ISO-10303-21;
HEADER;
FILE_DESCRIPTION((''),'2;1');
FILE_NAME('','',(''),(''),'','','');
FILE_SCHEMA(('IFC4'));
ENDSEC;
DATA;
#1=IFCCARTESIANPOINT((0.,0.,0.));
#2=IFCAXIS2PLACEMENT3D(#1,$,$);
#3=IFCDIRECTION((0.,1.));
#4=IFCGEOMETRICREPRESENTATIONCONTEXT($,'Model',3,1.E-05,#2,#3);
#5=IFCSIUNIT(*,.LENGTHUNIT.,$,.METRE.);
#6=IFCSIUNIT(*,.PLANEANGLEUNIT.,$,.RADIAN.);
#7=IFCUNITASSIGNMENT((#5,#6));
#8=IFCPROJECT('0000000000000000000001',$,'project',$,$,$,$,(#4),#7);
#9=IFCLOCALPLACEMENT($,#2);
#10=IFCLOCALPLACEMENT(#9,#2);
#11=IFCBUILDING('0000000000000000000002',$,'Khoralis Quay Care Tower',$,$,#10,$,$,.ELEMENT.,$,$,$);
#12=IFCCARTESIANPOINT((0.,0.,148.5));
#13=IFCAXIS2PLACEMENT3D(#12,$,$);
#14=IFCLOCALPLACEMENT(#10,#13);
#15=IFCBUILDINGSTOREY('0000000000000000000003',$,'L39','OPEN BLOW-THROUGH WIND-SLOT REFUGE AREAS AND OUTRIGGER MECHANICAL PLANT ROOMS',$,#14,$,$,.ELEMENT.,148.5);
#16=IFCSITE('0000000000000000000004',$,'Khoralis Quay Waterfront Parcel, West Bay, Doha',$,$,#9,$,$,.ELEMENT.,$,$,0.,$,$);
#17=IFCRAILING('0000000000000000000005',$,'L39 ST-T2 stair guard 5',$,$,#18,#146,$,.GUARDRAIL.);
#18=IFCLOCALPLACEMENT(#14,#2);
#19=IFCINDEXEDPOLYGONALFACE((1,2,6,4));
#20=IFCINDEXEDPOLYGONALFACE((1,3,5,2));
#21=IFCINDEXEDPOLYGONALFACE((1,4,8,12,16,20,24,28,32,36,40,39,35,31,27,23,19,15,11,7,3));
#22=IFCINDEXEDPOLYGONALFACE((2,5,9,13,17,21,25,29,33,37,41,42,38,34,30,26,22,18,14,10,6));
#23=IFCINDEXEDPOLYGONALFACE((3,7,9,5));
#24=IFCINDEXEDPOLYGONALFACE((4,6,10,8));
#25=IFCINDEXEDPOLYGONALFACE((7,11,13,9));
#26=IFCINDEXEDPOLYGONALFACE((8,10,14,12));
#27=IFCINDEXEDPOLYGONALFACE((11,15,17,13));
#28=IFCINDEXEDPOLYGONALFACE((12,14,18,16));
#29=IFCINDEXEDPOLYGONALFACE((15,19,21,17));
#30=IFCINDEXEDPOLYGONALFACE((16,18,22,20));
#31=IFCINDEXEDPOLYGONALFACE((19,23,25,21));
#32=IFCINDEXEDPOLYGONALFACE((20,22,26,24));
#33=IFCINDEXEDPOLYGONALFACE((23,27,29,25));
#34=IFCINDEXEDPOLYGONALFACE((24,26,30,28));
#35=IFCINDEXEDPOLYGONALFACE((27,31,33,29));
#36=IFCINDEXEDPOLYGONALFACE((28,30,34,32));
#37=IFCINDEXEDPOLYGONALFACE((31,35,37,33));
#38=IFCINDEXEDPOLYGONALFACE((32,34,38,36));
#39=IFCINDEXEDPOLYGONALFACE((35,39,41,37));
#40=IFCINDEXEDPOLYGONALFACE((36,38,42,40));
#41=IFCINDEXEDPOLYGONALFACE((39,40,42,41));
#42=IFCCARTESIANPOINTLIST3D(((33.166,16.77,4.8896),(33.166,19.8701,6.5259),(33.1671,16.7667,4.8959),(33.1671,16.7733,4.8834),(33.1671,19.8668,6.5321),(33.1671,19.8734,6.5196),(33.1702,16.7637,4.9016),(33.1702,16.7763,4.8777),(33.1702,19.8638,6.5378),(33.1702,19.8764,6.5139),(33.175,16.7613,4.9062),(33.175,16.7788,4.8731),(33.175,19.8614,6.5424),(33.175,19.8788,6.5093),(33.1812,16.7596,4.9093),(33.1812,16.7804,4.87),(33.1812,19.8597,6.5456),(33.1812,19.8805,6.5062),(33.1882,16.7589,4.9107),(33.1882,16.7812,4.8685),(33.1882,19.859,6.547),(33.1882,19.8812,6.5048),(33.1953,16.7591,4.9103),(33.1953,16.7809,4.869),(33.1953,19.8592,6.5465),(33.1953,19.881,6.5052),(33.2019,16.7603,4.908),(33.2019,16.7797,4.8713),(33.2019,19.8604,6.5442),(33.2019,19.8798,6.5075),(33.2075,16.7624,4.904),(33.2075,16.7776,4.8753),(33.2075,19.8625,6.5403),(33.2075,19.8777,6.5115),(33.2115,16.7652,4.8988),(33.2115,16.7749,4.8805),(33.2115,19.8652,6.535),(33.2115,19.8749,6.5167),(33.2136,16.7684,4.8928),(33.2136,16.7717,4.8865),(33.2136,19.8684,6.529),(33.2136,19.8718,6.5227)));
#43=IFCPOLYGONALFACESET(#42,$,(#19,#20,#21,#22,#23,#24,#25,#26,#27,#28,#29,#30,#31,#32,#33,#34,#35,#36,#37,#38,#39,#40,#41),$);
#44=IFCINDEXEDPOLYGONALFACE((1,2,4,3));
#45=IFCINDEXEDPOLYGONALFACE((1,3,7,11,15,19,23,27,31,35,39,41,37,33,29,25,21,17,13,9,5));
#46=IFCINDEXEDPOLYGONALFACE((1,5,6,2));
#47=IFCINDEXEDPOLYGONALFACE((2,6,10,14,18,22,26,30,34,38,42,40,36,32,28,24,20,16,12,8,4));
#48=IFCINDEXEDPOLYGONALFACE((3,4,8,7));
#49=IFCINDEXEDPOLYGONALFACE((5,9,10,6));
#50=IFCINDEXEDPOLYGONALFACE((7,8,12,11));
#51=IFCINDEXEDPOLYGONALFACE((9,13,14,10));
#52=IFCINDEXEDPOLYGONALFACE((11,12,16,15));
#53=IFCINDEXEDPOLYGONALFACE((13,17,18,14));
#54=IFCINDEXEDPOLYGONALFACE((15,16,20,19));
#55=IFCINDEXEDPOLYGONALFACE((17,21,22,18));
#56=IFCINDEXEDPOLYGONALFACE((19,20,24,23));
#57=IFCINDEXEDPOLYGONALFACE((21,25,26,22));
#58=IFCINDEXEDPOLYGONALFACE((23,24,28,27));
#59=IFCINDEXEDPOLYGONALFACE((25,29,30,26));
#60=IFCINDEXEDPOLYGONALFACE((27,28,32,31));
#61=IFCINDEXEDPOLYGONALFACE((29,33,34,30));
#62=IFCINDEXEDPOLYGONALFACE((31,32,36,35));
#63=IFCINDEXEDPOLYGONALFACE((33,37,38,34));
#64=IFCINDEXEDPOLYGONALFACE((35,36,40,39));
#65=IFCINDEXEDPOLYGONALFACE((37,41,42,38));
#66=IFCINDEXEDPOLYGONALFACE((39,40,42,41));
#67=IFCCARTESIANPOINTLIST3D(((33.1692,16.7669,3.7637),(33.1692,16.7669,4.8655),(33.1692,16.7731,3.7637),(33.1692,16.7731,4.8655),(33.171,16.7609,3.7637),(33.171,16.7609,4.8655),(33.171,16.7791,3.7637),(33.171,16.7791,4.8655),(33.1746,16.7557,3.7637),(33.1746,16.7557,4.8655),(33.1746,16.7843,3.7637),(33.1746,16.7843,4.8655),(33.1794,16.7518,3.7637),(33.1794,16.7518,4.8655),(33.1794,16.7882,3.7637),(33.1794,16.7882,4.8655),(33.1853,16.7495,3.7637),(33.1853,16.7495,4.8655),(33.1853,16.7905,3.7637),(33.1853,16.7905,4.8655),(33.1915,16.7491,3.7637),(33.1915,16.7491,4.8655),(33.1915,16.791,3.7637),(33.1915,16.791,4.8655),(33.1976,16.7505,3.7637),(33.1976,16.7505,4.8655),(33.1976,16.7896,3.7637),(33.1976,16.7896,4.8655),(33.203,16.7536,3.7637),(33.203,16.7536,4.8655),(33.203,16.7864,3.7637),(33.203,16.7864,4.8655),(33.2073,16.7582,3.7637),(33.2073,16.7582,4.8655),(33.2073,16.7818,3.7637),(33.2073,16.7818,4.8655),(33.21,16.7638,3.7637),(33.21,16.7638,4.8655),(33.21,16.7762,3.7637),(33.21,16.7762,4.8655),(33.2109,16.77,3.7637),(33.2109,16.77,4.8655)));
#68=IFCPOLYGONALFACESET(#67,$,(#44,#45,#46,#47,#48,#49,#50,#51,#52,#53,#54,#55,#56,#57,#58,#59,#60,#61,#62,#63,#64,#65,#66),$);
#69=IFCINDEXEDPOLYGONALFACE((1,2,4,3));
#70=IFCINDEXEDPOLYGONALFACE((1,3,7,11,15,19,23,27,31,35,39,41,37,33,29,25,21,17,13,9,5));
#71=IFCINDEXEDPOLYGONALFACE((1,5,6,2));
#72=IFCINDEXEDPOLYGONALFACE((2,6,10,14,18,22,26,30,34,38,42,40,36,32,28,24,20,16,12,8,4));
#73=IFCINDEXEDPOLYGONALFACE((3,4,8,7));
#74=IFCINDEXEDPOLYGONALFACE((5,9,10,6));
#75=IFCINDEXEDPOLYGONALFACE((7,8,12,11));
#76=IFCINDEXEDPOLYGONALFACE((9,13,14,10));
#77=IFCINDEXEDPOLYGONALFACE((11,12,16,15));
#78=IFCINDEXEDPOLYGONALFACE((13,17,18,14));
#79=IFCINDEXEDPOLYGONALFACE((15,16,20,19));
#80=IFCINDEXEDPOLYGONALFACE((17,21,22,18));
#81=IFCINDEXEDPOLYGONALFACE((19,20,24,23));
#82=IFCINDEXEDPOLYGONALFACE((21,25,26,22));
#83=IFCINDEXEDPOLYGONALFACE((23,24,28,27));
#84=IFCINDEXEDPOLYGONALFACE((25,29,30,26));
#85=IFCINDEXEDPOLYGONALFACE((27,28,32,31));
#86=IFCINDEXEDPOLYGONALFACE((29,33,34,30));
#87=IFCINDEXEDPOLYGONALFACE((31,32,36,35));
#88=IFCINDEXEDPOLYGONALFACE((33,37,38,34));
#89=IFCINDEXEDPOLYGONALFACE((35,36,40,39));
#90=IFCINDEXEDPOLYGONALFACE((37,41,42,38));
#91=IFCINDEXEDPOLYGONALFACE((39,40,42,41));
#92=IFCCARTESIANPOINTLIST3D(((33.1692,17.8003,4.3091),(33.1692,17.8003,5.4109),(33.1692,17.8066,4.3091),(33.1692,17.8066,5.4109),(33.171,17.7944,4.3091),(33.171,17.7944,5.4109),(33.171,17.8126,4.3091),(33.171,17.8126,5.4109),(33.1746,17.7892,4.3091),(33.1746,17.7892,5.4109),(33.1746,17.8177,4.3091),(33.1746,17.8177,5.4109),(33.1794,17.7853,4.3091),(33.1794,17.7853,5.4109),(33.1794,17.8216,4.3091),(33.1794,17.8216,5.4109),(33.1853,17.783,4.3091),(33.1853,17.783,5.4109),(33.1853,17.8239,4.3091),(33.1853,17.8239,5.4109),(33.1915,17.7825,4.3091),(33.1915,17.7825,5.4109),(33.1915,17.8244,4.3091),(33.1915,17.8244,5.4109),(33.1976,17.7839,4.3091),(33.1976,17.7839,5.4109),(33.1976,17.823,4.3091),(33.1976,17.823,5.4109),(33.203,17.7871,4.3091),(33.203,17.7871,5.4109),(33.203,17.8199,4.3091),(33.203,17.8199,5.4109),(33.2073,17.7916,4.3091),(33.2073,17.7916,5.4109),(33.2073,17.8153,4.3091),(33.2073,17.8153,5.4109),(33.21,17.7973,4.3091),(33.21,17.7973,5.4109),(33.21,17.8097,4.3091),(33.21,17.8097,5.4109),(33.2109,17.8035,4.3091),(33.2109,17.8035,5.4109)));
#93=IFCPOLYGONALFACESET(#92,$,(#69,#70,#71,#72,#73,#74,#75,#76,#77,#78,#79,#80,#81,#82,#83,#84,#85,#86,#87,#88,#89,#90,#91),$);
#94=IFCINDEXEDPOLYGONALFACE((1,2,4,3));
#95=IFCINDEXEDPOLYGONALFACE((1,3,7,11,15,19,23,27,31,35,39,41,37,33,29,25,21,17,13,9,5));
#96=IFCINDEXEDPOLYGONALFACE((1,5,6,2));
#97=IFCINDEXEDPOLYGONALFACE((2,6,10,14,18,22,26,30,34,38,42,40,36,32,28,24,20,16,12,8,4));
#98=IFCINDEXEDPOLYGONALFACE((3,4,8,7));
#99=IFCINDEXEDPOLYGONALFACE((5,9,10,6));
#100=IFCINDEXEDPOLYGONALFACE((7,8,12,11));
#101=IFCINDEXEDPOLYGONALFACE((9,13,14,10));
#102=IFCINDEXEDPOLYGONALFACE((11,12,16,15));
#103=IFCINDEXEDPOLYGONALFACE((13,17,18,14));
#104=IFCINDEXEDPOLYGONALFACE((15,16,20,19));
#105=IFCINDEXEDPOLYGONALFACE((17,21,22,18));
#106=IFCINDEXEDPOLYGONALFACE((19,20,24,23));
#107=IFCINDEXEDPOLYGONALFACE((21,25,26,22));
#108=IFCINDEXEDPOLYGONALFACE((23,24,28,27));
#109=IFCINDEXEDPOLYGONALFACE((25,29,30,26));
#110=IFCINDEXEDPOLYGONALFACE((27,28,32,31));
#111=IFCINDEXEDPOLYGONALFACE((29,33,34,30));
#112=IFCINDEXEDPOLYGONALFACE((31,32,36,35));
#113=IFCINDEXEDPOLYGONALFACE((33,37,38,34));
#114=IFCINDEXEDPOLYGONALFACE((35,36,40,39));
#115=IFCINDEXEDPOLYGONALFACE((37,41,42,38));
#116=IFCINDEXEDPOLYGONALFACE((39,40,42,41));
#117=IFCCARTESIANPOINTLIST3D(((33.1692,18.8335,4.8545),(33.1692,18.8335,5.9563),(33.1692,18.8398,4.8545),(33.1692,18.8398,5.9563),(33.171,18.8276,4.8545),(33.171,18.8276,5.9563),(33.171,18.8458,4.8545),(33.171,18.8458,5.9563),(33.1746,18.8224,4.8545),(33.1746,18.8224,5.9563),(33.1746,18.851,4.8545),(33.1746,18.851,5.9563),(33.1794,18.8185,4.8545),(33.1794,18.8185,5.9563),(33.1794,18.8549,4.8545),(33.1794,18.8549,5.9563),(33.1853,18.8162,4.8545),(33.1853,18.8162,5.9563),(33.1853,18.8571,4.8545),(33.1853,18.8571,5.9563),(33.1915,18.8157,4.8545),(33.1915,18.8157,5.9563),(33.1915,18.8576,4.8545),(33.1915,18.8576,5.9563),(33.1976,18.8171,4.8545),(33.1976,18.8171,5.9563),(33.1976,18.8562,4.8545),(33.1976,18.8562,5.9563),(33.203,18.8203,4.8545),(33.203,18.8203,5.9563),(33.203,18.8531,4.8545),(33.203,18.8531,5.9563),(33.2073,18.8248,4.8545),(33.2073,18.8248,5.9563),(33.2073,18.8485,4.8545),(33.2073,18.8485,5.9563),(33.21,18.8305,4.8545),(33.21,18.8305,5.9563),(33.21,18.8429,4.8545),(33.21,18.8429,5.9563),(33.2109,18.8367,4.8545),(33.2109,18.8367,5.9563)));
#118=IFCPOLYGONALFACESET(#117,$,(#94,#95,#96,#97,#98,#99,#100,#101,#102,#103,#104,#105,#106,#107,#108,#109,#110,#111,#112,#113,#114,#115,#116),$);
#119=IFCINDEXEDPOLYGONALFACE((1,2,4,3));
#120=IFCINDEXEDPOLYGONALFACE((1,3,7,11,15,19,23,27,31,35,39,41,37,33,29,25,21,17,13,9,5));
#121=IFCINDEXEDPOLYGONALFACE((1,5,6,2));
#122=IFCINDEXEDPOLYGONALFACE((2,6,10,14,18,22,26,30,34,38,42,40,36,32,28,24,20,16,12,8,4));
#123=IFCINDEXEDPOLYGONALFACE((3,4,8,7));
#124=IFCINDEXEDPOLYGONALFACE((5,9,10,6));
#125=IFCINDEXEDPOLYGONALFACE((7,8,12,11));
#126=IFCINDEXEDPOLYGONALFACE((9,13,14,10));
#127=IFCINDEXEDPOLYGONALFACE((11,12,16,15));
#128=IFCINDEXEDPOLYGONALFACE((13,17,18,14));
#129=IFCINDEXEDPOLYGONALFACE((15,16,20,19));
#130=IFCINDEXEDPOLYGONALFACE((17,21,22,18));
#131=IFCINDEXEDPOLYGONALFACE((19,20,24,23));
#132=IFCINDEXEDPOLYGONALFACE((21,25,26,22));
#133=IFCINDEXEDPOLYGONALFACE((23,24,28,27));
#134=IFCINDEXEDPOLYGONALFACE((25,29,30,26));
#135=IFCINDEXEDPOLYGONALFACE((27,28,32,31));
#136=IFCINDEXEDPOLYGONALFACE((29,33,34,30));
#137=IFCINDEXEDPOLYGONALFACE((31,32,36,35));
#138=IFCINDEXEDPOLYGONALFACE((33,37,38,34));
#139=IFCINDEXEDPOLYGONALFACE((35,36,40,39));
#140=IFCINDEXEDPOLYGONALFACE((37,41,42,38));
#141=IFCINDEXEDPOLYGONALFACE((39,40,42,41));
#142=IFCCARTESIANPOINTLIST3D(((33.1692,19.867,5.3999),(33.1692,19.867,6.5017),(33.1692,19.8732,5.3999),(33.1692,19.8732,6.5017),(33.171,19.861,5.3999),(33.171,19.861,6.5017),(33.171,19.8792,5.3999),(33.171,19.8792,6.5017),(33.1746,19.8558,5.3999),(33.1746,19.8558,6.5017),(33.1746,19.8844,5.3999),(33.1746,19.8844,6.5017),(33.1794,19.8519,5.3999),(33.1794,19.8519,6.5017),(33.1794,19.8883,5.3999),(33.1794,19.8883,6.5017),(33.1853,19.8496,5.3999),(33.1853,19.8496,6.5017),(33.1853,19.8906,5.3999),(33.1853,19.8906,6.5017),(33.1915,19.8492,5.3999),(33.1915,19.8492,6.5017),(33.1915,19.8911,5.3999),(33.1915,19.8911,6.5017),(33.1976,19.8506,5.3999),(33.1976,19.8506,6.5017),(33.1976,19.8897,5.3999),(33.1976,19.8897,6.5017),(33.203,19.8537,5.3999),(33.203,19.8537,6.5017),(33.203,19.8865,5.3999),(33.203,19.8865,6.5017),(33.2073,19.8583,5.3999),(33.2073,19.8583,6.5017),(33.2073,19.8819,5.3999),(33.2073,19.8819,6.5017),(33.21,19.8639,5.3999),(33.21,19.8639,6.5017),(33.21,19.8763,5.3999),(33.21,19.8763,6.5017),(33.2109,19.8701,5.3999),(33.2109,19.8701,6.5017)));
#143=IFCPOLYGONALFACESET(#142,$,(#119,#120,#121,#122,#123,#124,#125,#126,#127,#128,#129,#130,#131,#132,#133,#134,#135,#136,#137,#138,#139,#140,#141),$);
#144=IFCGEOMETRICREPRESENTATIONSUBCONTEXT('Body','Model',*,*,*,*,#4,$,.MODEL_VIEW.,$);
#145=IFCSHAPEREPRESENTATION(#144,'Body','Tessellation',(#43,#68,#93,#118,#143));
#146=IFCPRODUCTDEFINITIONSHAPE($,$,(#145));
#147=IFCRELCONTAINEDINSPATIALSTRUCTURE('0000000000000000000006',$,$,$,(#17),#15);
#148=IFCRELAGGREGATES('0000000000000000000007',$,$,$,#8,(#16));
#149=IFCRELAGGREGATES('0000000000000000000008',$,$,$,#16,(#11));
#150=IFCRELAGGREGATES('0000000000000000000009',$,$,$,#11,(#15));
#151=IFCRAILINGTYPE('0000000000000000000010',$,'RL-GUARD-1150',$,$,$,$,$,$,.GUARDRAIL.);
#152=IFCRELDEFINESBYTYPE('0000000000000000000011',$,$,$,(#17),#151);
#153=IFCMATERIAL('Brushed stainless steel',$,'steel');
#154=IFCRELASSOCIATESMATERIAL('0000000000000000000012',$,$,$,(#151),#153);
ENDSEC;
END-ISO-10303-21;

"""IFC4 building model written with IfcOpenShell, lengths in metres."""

from ifc_helpers import new_model, si_unit, direction, frame, origin, origin_2d, place, context, subcontext, project, spatial, circle, extrude, material, type_object, element, save


model = new_model("IFC4")

# Units and contexts
model_context = context("Model", 3, precision=1e-05, world=origin(), true_north=direction((0.0, 1.0)))
body_context = subcontext(model_context, "Body", "Model", "MODEL_VIEW")
ifc_project = project(units=[si_unit("LENGTHUNIT", "METRE"), si_unit("PLANEANGLEUNIT", "RADIAN")], contexts=[model_context])

# Site, building, storey
site_placement = place(None, origin())
site = spatial("IfcSite", under=ifc_project, at=site_placement, Name="Khoralis Quay Waterfront Parcel, West Bay, Doha", CompositionType="ELEMENT", RefElevation=0.0)
building_placement = place(site_placement, origin())
building = spatial("IfcBuilding", under=site, at=building_placement, Name="Khoralis Quay Care Tower", CompositionType="ELEMENT")
storey_placement = place(building_placement, frame((0.0, 0.0, 148.5)))
storey = spatial("IfcBuildingStorey", under=building, at=storey_placement, Name="L39", Description="OPEN BLOW-THROUGH WIND-SLOT REFUGE AREAS AND OUTRIGGER MECHANICAL PLANT ROOMS", CompositionType="ELEMENT", Elevation=148.5)

# Shared definitions
ifc_material_1 = material(Name="Brushed stainless steel", Category="steel")

# Railing
railing_type_1 = type_object("IfcRailingType", Name="RL-GUARD-1150", PredefinedType="GUARDRAIL", material=ifc_material_1)
railing_1_placement = place(storey_placement, frame((33.1899, 16.77, 3.7637)))
element("IfcRailing", 1, at=railing_1_placement, inside=storey, type_object=railing_type_1, Name="L39 ST-T2 stair guard 5", PredefinedType="GUARDRAIL", context=body_context, shape_type="SweptSolid", body=[
    extrude(circle(Radius=0.0239, at=origin_2d()), frame((0.0, 0.0, 1.126), z_axis=(0.0, 0.884377, 0.466774), x_axis=(-1.0, 0.0, 0.0)), (0.0, 0.0, 1.0), 3.5054),
    extrude(circle(Radius=0.021, at=origin_2d()), origin(), (0.0, 0.0, 1.0), 1.1018),
    extrude(circle(Radius=0.021, at=origin_2d()), frame((0.0, 1.0334, 0.5454)), (0.0, 0.0, 1.0), 1.1018),
    extrude(circle(Radius=0.021, at=origin_2d()), frame((0.0, 2.0667, 1.0908)), (0.0, 0.0, 1.0), 1.1018),
    extrude(circle(Radius=0.021, at=origin_2d()), frame((0.0, 3.1001, 1.6362)), (0.0, 0.0, 1.0), 1.1018),
])

save(model, "model.ifc")
